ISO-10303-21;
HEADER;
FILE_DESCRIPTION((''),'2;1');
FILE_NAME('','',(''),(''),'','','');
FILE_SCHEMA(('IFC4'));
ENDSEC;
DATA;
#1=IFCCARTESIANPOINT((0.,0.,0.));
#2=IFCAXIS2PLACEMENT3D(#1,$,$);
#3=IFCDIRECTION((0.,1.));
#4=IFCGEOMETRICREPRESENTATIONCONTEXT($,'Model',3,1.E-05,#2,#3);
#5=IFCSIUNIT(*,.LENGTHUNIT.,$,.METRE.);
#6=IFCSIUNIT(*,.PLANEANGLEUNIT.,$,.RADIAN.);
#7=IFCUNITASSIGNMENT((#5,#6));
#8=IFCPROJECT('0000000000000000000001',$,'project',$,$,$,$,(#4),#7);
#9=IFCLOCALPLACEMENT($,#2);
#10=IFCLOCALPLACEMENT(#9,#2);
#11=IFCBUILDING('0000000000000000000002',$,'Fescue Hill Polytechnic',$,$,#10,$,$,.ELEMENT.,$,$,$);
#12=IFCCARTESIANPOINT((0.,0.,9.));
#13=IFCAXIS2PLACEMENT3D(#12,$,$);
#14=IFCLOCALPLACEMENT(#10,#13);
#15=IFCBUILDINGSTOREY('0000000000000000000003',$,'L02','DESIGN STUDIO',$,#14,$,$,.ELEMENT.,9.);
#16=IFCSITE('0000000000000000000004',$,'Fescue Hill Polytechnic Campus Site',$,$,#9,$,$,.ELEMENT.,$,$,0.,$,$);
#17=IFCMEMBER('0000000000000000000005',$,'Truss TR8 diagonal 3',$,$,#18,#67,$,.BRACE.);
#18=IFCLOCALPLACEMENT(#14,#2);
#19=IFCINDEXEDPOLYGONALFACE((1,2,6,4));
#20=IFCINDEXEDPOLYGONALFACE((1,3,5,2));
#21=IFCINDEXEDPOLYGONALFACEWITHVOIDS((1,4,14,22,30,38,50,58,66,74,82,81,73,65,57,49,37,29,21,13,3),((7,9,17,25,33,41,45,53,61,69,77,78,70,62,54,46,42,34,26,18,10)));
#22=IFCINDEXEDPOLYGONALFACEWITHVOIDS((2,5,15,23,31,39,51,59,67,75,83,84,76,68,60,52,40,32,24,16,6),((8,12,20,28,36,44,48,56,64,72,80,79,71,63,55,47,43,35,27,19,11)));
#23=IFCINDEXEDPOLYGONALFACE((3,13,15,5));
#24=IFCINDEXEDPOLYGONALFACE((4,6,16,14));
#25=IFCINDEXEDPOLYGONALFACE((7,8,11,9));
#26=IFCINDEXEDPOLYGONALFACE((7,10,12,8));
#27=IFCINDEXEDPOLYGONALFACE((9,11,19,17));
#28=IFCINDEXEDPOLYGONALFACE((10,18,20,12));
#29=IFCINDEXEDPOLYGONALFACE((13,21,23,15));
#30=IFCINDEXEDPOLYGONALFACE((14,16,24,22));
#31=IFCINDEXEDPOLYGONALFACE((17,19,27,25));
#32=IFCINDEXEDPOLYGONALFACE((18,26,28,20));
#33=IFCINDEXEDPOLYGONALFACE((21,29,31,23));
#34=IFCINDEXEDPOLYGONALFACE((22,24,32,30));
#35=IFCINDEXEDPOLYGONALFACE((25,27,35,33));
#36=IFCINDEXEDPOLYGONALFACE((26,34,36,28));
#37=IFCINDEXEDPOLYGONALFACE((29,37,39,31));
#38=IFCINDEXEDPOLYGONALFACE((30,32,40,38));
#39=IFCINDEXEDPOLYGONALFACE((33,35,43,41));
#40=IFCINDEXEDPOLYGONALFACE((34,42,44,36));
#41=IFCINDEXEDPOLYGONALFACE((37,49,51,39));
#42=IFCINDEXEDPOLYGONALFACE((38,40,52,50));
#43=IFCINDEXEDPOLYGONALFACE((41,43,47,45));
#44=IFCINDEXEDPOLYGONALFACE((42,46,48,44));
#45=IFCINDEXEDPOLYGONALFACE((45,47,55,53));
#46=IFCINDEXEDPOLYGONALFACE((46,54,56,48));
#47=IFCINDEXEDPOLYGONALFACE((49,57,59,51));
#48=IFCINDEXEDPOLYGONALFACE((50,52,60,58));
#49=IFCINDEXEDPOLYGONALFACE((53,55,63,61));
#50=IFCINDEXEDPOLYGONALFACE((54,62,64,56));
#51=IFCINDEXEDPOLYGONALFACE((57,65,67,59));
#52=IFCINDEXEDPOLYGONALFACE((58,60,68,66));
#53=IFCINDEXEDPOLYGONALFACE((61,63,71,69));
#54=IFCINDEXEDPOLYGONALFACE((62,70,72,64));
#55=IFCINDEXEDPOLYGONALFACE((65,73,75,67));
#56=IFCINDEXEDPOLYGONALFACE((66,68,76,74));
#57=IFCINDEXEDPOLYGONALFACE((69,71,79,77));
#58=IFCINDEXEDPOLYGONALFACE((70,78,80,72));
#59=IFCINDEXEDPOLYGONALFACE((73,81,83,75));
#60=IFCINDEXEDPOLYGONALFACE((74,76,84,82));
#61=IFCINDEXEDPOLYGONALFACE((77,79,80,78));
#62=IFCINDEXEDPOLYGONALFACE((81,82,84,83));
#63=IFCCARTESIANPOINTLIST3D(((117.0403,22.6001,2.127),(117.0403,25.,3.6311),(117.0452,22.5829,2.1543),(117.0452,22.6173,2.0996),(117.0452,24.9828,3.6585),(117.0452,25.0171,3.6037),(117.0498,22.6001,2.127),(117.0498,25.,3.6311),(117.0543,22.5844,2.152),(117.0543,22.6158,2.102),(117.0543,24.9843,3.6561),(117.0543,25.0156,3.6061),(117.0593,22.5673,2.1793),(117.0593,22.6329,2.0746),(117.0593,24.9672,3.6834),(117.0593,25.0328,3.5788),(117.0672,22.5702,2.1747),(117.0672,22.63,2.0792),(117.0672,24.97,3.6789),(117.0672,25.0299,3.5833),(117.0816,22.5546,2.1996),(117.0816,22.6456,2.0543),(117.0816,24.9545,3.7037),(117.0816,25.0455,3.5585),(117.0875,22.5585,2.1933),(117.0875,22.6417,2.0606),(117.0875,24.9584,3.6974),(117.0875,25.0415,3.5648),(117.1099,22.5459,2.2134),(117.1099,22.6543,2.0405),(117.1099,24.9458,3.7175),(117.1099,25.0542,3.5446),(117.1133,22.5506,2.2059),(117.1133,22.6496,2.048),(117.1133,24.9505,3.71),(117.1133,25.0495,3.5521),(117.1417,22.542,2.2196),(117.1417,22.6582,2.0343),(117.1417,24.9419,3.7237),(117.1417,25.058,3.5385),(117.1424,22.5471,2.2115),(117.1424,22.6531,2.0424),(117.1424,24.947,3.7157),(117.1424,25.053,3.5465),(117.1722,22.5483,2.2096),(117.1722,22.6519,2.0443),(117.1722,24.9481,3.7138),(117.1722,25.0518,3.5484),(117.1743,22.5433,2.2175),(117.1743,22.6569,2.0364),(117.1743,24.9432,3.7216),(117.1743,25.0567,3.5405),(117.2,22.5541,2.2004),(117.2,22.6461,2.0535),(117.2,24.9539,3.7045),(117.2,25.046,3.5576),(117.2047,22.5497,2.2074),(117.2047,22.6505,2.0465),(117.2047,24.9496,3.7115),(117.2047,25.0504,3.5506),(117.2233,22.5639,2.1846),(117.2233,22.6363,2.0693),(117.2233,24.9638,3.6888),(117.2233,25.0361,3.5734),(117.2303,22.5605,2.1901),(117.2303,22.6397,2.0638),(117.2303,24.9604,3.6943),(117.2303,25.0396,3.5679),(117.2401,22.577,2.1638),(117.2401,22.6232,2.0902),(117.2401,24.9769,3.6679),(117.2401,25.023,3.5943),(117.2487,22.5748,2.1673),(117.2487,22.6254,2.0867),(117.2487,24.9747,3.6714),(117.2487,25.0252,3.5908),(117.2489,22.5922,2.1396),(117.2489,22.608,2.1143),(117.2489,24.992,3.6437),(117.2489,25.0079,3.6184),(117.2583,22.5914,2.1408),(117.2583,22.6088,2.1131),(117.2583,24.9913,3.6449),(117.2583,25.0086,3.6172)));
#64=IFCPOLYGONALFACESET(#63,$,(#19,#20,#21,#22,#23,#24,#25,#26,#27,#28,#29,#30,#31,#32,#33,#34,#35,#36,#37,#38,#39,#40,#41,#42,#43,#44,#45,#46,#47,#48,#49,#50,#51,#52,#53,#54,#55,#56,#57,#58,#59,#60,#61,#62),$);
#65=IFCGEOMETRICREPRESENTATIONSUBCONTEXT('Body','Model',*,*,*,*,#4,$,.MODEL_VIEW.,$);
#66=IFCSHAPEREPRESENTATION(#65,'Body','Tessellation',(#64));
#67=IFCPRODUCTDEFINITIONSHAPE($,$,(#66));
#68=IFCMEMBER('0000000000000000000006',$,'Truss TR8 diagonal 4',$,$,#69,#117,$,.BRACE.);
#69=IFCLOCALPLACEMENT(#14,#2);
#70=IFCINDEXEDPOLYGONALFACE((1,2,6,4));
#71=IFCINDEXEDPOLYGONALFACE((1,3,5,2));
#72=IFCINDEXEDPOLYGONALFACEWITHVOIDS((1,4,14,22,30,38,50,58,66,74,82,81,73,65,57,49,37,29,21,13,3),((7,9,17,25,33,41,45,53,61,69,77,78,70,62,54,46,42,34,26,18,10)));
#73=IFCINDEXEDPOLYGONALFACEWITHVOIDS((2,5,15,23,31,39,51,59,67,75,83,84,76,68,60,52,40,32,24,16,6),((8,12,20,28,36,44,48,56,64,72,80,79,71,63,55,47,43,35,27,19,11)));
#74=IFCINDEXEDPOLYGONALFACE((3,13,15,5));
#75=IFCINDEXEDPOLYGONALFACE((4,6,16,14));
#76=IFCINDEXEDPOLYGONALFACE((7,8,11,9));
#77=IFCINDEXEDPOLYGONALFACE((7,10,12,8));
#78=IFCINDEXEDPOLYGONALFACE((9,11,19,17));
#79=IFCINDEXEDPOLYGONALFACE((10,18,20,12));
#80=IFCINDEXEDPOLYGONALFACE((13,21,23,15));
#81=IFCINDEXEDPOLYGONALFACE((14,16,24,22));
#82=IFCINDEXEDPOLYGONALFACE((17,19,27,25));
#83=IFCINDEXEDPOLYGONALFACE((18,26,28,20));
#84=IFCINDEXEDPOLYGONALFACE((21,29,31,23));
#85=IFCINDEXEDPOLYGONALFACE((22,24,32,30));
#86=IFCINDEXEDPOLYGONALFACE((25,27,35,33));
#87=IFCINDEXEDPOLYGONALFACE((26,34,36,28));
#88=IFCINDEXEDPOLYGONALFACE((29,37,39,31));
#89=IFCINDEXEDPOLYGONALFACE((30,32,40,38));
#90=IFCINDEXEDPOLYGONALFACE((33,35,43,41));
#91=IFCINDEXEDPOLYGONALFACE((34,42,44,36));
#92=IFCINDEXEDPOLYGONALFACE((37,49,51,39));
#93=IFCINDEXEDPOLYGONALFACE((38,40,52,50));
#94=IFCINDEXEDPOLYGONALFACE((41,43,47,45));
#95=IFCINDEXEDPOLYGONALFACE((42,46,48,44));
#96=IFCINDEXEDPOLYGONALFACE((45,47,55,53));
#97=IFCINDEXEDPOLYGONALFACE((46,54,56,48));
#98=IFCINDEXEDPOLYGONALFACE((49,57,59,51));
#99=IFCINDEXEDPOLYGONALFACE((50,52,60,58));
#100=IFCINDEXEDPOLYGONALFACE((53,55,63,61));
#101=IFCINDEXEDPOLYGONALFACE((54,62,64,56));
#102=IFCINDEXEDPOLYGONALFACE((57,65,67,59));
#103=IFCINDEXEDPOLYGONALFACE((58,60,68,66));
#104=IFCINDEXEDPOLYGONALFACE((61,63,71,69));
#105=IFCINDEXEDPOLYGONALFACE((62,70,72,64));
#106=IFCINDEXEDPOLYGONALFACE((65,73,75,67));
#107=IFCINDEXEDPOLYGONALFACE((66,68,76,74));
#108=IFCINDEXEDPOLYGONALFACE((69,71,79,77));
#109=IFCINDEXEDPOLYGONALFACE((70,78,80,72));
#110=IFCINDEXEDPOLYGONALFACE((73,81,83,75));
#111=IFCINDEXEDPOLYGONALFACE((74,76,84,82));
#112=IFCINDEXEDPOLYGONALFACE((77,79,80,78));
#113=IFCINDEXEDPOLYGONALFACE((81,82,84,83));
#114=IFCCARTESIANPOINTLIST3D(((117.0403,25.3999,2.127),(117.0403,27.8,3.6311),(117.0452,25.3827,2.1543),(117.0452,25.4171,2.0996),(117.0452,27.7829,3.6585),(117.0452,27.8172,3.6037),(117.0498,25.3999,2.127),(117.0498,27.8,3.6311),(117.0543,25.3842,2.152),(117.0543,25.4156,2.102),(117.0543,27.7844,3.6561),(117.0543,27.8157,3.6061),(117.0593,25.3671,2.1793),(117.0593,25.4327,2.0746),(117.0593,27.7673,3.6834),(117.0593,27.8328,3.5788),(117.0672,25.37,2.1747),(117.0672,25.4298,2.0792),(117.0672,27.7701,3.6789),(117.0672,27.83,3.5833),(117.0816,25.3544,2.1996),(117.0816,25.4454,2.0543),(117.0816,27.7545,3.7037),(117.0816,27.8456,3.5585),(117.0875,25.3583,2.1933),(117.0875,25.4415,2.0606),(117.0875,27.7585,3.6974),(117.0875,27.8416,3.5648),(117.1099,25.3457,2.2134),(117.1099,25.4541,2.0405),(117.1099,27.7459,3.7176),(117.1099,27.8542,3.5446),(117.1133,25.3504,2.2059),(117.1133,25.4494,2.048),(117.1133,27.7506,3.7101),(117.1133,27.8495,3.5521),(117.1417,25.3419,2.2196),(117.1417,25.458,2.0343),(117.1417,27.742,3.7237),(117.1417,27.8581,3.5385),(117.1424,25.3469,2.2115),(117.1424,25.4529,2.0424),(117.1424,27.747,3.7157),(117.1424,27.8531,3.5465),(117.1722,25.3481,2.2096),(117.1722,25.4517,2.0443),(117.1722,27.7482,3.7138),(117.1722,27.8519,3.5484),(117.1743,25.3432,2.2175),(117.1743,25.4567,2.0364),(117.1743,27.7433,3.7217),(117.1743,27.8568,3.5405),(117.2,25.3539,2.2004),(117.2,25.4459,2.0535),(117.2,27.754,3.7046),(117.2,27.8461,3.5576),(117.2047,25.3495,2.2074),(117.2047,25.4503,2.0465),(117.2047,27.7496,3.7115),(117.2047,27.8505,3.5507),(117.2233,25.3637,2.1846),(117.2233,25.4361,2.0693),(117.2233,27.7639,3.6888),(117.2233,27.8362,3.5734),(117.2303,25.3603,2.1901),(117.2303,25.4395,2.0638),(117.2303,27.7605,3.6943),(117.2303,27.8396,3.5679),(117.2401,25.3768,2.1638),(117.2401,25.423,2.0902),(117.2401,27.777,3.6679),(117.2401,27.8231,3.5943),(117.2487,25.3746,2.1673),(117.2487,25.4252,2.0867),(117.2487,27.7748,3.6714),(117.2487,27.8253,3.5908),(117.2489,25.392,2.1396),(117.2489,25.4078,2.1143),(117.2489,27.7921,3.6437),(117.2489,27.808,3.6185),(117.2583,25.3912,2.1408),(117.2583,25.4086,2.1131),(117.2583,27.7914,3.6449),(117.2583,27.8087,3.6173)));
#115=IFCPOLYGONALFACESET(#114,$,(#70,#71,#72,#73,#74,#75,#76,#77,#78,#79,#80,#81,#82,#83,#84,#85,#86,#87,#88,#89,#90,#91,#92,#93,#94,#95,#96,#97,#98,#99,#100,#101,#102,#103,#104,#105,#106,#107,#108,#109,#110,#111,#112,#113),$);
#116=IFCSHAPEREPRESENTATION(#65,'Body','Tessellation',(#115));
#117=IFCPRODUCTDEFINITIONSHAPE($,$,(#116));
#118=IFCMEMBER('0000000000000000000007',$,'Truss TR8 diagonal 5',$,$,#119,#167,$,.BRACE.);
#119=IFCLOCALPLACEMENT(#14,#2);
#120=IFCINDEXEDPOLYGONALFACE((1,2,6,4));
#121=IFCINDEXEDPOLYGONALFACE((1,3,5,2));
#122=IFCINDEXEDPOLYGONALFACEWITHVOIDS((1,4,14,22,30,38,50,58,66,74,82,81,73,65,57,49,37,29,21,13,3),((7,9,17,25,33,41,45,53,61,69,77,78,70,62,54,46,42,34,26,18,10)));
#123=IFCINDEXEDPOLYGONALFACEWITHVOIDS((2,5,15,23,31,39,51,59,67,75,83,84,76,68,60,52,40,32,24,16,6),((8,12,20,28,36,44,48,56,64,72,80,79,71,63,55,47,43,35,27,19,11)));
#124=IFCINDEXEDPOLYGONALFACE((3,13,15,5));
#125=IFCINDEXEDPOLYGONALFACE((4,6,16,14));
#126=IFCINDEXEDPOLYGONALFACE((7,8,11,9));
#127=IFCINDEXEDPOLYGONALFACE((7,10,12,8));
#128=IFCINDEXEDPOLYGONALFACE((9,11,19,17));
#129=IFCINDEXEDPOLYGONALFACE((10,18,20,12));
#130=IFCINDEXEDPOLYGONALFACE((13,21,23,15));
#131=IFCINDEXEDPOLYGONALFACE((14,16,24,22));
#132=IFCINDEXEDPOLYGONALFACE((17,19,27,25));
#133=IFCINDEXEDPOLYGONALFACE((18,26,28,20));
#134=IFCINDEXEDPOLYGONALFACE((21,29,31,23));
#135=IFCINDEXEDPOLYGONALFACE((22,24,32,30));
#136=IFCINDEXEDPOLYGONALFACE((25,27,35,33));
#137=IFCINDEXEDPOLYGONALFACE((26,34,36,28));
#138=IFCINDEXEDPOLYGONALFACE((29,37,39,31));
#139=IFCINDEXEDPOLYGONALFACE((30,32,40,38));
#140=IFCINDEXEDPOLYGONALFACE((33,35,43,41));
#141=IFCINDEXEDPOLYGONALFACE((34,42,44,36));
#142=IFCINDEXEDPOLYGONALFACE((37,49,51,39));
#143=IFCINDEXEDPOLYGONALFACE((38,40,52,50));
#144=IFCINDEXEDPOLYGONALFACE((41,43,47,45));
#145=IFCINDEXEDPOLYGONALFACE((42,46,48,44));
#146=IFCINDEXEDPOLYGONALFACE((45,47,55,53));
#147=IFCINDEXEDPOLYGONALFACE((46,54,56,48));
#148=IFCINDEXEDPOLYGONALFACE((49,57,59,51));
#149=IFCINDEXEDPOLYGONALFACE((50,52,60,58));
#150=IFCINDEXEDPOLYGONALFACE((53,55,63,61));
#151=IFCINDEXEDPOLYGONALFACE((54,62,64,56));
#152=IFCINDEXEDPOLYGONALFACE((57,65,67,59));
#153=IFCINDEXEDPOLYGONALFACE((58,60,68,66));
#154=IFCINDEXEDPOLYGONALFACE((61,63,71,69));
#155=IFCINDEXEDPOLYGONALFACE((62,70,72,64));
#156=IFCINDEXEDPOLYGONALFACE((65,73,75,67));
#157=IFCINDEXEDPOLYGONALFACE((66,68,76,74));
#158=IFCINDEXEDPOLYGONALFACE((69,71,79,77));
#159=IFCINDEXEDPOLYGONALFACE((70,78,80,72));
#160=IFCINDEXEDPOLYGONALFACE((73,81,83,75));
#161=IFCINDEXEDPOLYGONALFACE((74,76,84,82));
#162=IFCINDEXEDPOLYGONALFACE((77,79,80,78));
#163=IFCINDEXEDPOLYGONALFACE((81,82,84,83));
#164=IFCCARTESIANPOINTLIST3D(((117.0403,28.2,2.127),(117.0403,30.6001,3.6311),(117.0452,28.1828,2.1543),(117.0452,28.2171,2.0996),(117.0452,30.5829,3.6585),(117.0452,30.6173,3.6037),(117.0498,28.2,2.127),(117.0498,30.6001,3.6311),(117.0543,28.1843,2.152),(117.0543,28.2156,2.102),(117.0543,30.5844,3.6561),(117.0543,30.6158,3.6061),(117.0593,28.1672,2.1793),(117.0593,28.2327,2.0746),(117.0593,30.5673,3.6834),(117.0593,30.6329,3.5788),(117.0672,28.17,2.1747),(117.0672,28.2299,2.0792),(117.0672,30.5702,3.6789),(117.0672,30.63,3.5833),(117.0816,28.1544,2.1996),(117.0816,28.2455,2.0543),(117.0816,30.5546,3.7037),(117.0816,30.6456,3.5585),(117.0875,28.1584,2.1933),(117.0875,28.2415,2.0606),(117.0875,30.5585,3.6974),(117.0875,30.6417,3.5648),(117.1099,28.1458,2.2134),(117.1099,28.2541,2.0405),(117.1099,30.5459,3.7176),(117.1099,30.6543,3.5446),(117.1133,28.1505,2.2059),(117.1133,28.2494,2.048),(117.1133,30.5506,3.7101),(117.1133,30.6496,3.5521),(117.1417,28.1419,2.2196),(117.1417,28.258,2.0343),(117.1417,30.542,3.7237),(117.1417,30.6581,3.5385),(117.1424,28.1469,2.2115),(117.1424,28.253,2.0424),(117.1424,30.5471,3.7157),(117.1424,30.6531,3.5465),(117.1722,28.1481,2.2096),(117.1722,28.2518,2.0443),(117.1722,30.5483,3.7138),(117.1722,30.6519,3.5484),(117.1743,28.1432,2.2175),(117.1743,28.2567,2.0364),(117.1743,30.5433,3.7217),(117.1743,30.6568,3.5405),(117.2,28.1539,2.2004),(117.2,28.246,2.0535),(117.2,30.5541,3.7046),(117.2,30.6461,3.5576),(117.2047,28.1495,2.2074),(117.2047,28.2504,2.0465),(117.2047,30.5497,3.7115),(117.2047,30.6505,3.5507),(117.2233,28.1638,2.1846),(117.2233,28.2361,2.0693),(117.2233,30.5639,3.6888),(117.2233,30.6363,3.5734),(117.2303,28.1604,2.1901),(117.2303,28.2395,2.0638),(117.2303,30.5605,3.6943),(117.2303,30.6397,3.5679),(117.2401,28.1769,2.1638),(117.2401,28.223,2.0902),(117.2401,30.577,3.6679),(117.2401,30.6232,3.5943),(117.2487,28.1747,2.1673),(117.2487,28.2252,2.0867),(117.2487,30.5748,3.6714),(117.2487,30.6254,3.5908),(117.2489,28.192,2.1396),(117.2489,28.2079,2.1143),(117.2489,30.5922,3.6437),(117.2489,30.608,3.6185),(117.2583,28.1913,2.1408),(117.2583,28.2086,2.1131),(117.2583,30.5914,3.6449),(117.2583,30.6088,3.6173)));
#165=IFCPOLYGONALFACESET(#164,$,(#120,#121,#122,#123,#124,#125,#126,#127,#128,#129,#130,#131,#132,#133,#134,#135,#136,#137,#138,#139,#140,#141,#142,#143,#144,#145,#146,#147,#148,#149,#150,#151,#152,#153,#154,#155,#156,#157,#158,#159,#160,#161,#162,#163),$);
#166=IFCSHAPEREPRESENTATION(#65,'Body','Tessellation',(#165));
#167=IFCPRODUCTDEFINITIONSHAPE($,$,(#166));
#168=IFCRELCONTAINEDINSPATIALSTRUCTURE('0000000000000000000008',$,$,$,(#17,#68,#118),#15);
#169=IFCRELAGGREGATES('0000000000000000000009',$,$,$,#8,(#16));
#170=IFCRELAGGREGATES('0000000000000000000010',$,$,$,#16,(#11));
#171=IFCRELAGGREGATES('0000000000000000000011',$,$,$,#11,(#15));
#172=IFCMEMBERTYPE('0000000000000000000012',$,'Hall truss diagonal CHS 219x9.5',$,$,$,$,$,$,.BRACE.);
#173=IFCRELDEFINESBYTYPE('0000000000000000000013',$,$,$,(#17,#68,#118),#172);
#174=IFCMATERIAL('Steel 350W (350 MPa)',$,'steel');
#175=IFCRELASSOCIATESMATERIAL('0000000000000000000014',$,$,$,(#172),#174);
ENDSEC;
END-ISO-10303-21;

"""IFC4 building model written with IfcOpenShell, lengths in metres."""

from ifc_helpers import new_model, si_unit, direction, frame, origin, origin_2d, place, context, subcontext, project, spatial, hollow_circle, extrude, material, material_profile, profile_set, type_object, element, save


model = new_model("IFC4")

# Units and contexts
model_context = context("Model", 3, precision=1e-05, world=origin(), true_north=direction((0.0, 1.0)))
body_context = subcontext(model_context, "Body", "Model", "MODEL_VIEW")
ifc_project = project(units=[si_unit("LENGTHUNIT", "METRE"), si_unit("PLANEANGLEUNIT", "RADIAN")], contexts=[model_context])

# Site, building, storey
site_placement = place(None, origin())
site = spatial("IfcSite", under=ifc_project, at=site_placement, Name="Fescue Hill Polytechnic Campus Site", CompositionType="ELEMENT", RefElevation=0.0)
building_placement = place(site_placement, origin())
building = spatial("IfcBuilding", under=site, at=building_placement, Name="Fescue Hill Polytechnic", CompositionType="ELEMENT")
storey_placement = place(building_placement, frame((0.0, 0.0, 9.0)))
storey = spatial("IfcBuildingStorey", under=building, at=storey_placement, Name="L02", Description="DESIGN STUDIO", CompositionType="ELEMENT", Elevation=9.0)

# Members
ifc_material_1 = material(Name="Steel 350W (350 MPa)", Category="steel")
ifc_material_profile_1 = material_profile(ifc_material_1, hollow_circle(Radius=0.1096, WallThickness=0.0095, at=origin_2d()), Name="Hall truss diagonal CHS 219x9.5")
ifc_profile_set_1 = profile_set([ifc_material_profile_1], Name="Steel 350W (350 MPa)")
member_type_1 = type_object("IfcMemberType", Name="Hall truss diagonal CHS 219x9.5", PredefinedType="BRACE", material=ifc_profile_set_1)
member_1_placement = place(storey_placement, frame((117.1499, 22.6001, 2.127), z_axis=(0.0, 0.847329, 0.531068), x_axis=(-1.0, 0.0, 0.0)))
element("IfcMember", 1, at=member_1_placement, inside=storey, type_object=member_type_1, Name="Truss TR8 diagonal 3", PredefinedType="BRACE", context=body_context, shape_type="SweptSolid", body=[
    extrude(hollow_circle(Radius=0.1096, WallThickness=0.0095, at=origin_2d()), origin(), (0.0, 0.0, 1.0), 2.8323),
])
for number, where, z_axis, x_axis, name in (
    (2, (117.1499, 25.3999, 2.127), (0.0, 0.847354, 0.531029), (-1.0, 0.0, 0.0), "Truss TR8 diagonal 4"),
    (3, (117.1499, 28.2, 2.127), (0.0, 0.847354, 0.531029), (-1.0, 0.0, 0.0), "Truss TR8 diagonal 5"),
):
    element("IfcMember", number, at=place(storey_placement, frame(where, z_axis=z_axis, x_axis=x_axis)), inside=storey, type_object=member_type_1, Name=name, PredefinedType="BRACE", context=body_context, shape_type="SweptSolid", body=[
        extrude(hollow_circle(Radius=0.1096, WallThickness=0.0095, at=origin_2d()), origin(), (0.0, 0.0, 1.0), 2.8325),
    ])

save(model, "model.ifc")
